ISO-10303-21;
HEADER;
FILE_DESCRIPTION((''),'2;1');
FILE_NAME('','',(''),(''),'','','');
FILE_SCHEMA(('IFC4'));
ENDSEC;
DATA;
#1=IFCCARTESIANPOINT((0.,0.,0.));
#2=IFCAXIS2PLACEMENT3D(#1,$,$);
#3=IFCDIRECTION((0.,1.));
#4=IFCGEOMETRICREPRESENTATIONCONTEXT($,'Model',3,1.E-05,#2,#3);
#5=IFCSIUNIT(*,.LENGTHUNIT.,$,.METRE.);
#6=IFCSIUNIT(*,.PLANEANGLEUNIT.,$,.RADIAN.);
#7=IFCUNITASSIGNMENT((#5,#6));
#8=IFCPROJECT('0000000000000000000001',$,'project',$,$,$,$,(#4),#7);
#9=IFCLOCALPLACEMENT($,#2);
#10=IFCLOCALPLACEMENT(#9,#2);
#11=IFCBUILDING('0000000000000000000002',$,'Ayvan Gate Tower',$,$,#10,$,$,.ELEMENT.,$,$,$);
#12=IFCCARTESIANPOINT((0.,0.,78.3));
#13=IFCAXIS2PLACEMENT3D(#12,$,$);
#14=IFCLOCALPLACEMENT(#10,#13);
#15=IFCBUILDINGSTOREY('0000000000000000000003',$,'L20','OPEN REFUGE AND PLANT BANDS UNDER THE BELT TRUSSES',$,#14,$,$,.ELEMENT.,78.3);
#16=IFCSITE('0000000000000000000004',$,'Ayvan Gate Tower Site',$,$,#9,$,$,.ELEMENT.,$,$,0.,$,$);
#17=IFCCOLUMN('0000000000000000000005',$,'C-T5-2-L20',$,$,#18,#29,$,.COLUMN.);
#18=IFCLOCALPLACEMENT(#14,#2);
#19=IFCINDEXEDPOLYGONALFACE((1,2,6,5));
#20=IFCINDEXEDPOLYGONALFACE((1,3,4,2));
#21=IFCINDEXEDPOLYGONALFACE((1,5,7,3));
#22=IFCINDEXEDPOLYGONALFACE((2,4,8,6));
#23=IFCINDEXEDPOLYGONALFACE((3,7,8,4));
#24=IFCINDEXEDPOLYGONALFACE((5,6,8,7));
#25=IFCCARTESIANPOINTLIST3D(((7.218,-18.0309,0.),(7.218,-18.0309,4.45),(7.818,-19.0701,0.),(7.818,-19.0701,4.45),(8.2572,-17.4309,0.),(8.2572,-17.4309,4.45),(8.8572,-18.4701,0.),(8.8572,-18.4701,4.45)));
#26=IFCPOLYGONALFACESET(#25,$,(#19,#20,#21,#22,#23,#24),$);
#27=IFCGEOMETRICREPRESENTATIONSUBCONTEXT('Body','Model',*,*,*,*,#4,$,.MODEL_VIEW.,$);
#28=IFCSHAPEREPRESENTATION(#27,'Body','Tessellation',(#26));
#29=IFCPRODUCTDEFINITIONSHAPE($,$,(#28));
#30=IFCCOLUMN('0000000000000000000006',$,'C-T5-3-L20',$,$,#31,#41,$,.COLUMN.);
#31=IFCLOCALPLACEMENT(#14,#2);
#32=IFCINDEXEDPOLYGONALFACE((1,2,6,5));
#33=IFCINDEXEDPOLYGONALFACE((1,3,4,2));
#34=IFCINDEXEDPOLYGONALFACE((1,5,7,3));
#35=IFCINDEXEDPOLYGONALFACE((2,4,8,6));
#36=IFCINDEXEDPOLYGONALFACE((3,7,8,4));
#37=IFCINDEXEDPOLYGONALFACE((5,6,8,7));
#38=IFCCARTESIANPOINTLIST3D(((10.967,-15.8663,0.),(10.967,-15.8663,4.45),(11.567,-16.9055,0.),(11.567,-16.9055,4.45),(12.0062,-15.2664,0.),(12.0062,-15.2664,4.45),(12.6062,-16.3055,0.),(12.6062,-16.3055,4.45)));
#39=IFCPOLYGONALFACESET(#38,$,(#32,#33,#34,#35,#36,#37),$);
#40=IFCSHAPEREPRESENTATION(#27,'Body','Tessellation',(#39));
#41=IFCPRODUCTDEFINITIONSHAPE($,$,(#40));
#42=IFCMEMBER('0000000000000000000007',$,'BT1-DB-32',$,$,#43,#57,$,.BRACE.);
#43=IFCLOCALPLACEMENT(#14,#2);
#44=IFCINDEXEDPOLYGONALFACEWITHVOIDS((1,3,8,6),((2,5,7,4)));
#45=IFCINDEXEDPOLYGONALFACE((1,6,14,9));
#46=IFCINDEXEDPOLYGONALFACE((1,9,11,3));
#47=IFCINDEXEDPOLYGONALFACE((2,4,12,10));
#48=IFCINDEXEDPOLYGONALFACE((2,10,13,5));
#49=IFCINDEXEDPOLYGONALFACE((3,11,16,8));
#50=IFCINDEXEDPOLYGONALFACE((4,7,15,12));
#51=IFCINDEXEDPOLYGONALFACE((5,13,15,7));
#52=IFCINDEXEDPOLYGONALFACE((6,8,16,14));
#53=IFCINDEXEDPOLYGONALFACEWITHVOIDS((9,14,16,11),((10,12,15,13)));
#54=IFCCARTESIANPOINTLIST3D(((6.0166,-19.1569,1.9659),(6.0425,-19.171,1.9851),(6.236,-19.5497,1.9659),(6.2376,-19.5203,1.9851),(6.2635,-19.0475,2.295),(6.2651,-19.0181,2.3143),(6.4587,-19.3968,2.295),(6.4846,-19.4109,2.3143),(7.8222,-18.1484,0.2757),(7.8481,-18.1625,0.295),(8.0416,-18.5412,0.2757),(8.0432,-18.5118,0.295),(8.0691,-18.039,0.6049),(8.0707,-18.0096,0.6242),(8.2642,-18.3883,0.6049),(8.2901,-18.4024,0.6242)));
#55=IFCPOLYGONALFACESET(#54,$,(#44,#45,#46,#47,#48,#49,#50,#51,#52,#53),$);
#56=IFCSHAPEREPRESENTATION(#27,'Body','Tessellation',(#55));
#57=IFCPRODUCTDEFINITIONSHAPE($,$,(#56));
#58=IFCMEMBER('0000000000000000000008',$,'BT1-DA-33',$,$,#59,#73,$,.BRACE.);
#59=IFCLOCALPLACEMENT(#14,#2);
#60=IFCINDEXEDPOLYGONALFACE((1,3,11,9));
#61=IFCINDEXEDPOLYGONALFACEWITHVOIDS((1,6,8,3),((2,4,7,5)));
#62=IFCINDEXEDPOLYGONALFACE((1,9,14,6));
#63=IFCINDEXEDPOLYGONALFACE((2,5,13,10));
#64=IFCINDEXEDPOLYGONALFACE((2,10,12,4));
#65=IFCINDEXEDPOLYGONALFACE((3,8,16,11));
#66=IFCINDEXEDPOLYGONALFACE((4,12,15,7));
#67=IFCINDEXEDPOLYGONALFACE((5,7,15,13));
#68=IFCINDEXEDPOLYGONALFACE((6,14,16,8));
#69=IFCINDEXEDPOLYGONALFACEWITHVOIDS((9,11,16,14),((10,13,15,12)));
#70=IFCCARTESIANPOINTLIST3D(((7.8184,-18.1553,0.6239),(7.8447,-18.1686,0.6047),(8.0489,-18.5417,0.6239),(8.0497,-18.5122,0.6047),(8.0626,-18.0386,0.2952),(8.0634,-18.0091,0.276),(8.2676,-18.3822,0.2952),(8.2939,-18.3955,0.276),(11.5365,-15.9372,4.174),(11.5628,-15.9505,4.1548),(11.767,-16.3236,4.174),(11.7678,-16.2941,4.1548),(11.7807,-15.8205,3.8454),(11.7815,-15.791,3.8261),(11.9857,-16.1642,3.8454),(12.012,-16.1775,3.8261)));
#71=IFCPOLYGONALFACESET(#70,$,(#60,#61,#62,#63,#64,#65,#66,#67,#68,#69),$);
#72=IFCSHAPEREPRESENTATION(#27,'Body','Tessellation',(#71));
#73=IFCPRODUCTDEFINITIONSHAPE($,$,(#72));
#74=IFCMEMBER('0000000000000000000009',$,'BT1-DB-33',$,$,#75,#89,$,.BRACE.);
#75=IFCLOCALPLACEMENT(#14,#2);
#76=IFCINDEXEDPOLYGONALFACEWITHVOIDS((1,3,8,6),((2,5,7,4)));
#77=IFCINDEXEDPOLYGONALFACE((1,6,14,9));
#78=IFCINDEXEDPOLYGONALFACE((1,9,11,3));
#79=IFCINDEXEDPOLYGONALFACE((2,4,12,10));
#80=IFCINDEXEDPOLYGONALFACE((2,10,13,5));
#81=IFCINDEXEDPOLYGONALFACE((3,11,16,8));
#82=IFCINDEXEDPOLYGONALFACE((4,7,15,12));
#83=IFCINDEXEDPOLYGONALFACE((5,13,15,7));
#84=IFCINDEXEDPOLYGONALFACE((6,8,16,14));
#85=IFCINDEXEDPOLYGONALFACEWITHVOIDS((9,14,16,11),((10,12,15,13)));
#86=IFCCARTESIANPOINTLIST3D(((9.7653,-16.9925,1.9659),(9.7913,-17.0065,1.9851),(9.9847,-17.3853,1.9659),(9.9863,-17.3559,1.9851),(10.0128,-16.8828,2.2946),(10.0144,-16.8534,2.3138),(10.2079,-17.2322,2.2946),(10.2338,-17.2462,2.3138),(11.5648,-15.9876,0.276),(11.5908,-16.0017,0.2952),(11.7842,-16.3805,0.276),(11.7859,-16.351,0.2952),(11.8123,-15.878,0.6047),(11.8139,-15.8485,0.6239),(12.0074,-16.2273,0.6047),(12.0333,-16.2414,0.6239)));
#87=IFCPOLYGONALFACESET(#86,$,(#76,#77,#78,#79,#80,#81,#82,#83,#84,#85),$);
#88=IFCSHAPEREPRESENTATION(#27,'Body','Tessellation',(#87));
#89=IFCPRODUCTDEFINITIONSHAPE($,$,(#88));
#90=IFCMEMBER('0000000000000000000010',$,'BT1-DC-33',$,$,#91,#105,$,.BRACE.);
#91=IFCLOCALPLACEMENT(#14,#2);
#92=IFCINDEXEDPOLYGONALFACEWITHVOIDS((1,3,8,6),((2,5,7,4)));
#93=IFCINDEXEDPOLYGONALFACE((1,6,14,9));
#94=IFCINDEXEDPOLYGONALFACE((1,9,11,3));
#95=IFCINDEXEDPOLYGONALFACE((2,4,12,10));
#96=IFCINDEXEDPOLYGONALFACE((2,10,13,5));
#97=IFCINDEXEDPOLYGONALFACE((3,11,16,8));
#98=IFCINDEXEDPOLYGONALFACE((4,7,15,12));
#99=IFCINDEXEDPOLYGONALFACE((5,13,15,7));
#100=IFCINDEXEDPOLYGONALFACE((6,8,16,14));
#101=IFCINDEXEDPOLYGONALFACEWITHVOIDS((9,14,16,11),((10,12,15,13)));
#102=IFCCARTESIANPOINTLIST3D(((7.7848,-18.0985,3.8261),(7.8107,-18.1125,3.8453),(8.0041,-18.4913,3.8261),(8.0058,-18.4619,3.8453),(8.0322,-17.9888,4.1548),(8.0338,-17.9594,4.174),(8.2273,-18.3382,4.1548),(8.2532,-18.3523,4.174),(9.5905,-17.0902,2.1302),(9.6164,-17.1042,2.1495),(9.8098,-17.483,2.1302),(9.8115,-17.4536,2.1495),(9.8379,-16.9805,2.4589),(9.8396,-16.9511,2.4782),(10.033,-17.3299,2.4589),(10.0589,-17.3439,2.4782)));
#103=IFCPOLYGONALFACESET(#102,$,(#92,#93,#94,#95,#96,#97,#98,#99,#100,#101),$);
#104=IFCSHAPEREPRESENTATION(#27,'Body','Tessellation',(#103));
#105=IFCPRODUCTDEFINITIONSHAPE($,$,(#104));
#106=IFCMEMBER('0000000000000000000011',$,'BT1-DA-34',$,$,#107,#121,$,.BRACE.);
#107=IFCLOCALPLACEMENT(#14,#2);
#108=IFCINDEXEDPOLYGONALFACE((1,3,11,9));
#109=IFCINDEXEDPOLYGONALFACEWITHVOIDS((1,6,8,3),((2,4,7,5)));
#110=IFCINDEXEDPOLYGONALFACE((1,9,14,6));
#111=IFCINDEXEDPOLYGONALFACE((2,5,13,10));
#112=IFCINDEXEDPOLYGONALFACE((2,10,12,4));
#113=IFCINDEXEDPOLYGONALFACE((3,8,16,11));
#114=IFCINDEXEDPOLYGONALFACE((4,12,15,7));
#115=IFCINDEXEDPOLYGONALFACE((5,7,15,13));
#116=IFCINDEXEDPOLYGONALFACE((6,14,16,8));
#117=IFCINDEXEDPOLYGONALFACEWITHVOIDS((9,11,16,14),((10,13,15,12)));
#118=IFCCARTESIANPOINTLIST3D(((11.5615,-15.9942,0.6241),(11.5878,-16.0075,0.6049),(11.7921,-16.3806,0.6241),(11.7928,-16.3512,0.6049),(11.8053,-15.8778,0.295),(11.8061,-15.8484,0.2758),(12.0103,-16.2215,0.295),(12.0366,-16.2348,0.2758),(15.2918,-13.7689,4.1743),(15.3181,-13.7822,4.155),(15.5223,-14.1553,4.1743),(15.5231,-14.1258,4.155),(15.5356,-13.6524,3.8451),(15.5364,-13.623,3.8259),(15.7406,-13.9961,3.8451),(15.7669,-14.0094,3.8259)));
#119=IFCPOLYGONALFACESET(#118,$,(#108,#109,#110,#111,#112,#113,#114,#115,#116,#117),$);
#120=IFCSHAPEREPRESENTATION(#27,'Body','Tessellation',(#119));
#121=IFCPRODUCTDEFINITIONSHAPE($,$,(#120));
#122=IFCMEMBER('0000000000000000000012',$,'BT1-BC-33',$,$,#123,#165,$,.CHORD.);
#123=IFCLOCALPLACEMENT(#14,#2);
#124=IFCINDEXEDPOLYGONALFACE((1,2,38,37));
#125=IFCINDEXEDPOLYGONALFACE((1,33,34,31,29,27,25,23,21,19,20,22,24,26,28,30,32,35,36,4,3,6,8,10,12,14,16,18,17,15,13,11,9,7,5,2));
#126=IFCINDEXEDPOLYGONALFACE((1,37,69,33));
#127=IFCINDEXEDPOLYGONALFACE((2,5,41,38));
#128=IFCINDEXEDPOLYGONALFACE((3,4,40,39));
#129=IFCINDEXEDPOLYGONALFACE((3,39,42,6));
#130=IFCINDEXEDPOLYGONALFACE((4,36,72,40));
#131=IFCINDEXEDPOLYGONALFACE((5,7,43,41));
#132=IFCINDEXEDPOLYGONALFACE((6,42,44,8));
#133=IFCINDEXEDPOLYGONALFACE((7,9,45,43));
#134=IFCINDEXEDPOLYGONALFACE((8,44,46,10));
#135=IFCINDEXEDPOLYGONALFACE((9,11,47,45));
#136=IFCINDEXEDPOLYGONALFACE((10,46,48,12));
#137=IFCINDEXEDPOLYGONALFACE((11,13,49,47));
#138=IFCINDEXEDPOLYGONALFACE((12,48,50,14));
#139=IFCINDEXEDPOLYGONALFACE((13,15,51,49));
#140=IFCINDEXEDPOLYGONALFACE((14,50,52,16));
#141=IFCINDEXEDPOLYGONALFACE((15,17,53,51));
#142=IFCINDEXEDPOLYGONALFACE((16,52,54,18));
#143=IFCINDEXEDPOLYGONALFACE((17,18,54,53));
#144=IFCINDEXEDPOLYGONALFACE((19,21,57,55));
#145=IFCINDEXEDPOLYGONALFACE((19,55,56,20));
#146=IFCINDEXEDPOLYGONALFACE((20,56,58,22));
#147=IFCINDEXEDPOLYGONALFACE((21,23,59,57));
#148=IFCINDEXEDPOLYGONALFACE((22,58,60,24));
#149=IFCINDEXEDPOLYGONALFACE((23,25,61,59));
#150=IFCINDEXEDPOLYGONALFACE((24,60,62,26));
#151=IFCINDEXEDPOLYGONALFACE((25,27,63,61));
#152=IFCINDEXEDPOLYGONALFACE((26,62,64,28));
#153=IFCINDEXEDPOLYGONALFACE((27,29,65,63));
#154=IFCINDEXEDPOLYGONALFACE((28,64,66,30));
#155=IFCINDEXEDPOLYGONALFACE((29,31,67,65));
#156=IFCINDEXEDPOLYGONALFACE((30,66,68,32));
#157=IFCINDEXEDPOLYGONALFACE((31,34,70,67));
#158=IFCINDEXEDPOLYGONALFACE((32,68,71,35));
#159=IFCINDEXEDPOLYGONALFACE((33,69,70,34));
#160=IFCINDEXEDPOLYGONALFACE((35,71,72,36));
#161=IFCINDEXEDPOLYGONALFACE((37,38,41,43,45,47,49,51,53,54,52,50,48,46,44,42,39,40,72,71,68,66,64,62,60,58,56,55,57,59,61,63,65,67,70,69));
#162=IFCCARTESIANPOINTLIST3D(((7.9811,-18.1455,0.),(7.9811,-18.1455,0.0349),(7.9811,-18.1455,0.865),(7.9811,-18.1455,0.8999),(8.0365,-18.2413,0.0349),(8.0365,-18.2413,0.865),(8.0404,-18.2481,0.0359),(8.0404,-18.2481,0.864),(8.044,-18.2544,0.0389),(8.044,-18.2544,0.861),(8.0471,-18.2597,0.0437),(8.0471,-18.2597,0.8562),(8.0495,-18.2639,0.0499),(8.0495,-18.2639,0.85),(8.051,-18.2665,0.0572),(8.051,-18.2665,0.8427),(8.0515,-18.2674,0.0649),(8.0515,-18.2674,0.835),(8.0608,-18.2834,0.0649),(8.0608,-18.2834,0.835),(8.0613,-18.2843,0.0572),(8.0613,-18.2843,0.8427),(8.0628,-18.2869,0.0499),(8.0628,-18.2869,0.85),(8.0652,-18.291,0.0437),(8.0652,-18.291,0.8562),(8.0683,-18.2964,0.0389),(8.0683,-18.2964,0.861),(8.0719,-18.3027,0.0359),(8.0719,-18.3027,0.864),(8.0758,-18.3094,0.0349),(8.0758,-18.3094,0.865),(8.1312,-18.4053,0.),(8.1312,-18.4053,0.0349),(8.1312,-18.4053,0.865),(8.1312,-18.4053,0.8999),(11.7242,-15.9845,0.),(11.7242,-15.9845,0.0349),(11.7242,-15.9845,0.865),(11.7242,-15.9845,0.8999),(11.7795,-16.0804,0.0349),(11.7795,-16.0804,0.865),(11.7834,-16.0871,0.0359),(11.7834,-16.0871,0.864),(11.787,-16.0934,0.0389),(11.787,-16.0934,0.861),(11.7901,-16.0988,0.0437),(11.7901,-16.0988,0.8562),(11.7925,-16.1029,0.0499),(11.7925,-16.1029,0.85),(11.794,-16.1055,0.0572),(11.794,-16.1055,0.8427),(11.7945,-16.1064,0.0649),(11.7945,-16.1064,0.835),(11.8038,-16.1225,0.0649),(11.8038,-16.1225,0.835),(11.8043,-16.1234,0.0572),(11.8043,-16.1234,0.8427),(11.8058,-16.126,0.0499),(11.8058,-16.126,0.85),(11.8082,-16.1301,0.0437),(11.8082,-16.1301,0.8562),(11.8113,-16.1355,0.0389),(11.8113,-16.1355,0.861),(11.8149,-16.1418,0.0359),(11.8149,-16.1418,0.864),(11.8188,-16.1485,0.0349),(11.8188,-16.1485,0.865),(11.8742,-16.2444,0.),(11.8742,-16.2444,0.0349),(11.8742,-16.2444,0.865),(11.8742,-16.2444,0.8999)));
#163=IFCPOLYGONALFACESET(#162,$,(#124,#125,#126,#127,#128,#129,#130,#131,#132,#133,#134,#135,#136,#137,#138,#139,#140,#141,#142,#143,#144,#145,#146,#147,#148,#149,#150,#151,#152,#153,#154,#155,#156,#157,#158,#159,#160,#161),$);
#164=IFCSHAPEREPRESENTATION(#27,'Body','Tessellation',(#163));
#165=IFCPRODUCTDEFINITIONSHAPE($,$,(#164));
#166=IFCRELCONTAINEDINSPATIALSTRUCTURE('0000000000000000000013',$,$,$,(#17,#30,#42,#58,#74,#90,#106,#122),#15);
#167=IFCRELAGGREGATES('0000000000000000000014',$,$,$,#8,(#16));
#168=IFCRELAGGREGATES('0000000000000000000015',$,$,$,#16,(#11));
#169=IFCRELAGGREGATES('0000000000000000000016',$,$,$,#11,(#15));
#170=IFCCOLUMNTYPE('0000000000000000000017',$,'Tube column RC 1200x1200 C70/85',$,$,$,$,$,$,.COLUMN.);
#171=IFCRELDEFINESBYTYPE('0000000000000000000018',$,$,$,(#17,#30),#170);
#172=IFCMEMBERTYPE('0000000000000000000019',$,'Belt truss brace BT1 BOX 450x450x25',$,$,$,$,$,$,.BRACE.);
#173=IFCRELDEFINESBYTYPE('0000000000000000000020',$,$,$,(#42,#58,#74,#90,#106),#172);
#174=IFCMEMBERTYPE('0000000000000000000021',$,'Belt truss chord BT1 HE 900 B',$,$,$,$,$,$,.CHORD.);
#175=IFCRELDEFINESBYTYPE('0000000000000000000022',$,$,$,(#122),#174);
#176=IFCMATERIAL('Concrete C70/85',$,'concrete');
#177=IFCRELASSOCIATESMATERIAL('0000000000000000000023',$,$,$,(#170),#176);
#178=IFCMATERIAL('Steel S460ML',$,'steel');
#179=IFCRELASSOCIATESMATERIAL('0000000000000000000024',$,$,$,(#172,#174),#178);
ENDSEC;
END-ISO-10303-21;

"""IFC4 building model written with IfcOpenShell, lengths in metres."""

from ifc_helpers import new_model, si_unit, direction, frame, origin, origin_2d, place, context, subcontext, project, spatial, rectangle, hollow_rectangle, i_section, extrude, material, material_profile, profile_set, type_object, element, save


model = new_model("IFC4")

# Units and contexts
model_context = context("Model", 3, precision=1e-05, world=origin(), true_north=direction((0.0, 1.0)))
body_context = subcontext(model_context, "Body", "Model", "MODEL_VIEW")
ifc_project = project(units=[si_unit("LENGTHUNIT", "METRE"), si_unit("PLANEANGLEUNIT", "RADIAN")], contexts=[model_context])

# Site, building, storey
site_placement = place(None, origin())
site = spatial("IfcSite", under=ifc_project, at=site_placement, Name="Ayvan Gate Tower Site", CompositionType="ELEMENT", RefElevation=0.0)
building_placement = place(site_placement, origin())
building = spatial("IfcBuilding", under=site, at=building_placement, Name="Ayvan Gate Tower", CompositionType="ELEMENT")
storey_placement = place(building_placement, frame((0.0, 0.0, 78.3)))
storey = spatial("IfcBuildingStorey", under=building, at=storey_placement, Name="L20", Description="OPEN REFUGE AND PLANT BANDS UNDER THE BELT TRUSSES", CompositionType="ELEMENT", Elevation=78.3)

# Columns
ifc_material_1 = material(Name="Concrete C70/85", Category="concrete")
ifc_material_profile_1 = material_profile(ifc_material_1, rectangle(XDim=1.2, YDim=1.2, at=origin_2d()), Name="RC 1200x1200")
ifc_profile_set_1 = profile_set([ifc_material_profile_1], Name="Concrete C70/85")
column_type = type_object("IfcColumnType", Name="Tube column RC 1200x1200 C70/85", PredefinedType="COLUMN", material=ifc_profile_set_1)
for number, where, z_axis, x_axis, name in (
    (1, (8.0376, -18.2505, 0.0), (0.0, 0.0, 1.0), (0.5, -0.866025, 0.0), "C-T5-2-L20"),
    (2, (11.7866, -16.0859, 0.0), (0.0, 0.0, 1.0), (0.5, -0.866025, 0.0), "C-T5-3-L20"),
):
    element("IfcColumn", number, at=place(storey_placement, frame(where, z_axis=z_axis, x_axis=x_axis)), inside=storey, type_object=column_type, Name=name, PredefinedType="COLUMN", context=body_context, shape_type="SweptSolid", body=[
        extrude(rectangle(XDim=1.2, YDim=1.2, at=origin_2d()), origin(), (0.0, 0.0, 1.0), 4.45),
    ])

# Members
ifc_material_2 = material(Name="Steel S460ML", Category="steel")
ifc_material_profile_2 = material_profile(ifc_material_2, hollow_rectangle(XDim=0.45, YDim=0.45, WallThickness=0.0249, at=origin_2d()), Name="BOX 450x450x25")
ifc_profile_set_2 = profile_set([ifc_material_profile_2], Name="Steel S460ML")
member_type_1 = type_object("IfcMemberType", Name="Belt truss brace BT1 BOX 450x450x25", PredefinedType="BRACE", material=ifc_profile_set_2)
member_1_placement = place(storey_placement, frame((8.0562, -18.2754, 0.45), z_axis=(-0.676022, -0.377589, 0.632788), x_axis=(0.487636, -0.873047, 0.0)))
element("IfcMember", 3, at=member_1_placement, inside=storey, type_object=member_type_1, Name="BT1-DB-32", PredefinedType="BRACE", context=body_context, shape_type="SweptSolid", body=[
    extrude(hollow_rectangle(XDim=0.45, YDim=0.45, WallThickness=0.0249, at=origin_2d()), origin(), (0.0, 0.0, 1.0), 2.6709),
])
member_2_placement = place(storey_placement, frame((8.0562, -18.2754, 0.45), z_axis=(0.664079, 0.396162, 0.634078), x_axis=(-0.512321, 0.858794, 0.0)))
element("IfcMember", 4, at=member_2_placement, inside=storey, type_object=member_type_1, Name="BT1-DA-33", PredefinedType="BRACE", context=body_context, shape_type="SweptSolid", body=[
    extrude(hollow_rectangle(XDim=0.45, YDim=0.45, WallThickness=0.0249, at=origin_2d()), origin(), (0.0, 0.0, 1.0), 5.5989),
])
member_3_placement = place(storey_placement, frame((11.7991, -16.1145, 0.45), z_axis=(-0.675168, -0.377017, 0.63404), x_axis=(0.487543, -0.873099, 0.0)))
element("IfcMember", 5, at=member_3_placement, inside=storey, type_object=member_type_1, Name="BT1-DB-33", PredefinedType="BRACE", context=body_context, shape_type="SweptSolid", body=[
    extrude(hollow_rectangle(XDim=0.45, YDim=0.45, WallThickness=0.0249, at=origin_2d()), origin(), (0.0, 0.0, 1.0), 2.6653),
])
member_4_placement = place(storey_placement, frame((9.8247, -17.217, 2.3042), z_axis=(-0.675146, -0.377008, 0.634068), x_axis=(0.487546, -0.873097, 0.0)))
element("IfcMember", 6, at=member_4_placement, inside=storey, type_object=member_type_1, Name="BT1-DC-33", PredefinedType="BRACE", context=body_context, shape_type="SweptSolid", body=[
    extrude(hollow_rectangle(XDim=0.45, YDim=0.45, WallThickness=0.0249, at=origin_2d()), origin(), (0.0, 0.0, 1.0), 2.6746),
])
member_5_placement = place(storey_placement, frame((11.7991, -16.1145, 0.45), z_axis=(0.664951, 0.39669, 0.632833), x_axis=(-0.512328, 0.85879, 0.0)))
element("IfcMember", 7, at=member_5_placement, inside=storey, type_object=member_type_1, Name="BT1-DA-34", PredefinedType="BRACE", context=body_context, shape_type="SweptSolid", body=[
    extrude(hollow_rectangle(XDim=0.45, YDim=0.45, WallThickness=0.0249, at=origin_2d()), origin(), (0.0, 0.0, 1.0), 5.6099),
])
ifc_material_profile_3 = material_profile(ifc_material_2, i_section(OverallWidth=0.3, OverallDepth=0.8999, WebThickness=0.0186, FlangeThickness=0.0349, FilletRadius=0.03, at=origin_2d()), Name="HE 900 B")
ifc_profile_set_3 = profile_set([ifc_material_profile_3], Name="Steel S460ML")
member_type_2 = type_object("IfcMemberType", Name="Belt truss chord BT1 HE 900 B", PredefinedType="CHORD", material=ifc_profile_set_3)
member_6_placement = place(storey_placement, frame((8.0562, -18.2754, 0.45), z_axis=(0.866034, 0.499985, 0.0), x_axis=(-0.499985, 0.866034, 0.0)))
element("IfcMember", 8, at=member_6_placement, inside=storey, type_object=member_type_2, Name="BT1-BC-33", PredefinedType="CHORD", context=body_context, shape_type="SweptSolid", body=[
    extrude(i_section(OverallWidth=0.3, OverallDepth=0.8999, WebThickness=0.0186, FlangeThickness=0.0349, FilletRadius=0.03, at=origin_2d()), origin(), (0.0, 0.0, 1.0), 4.322),
])

save(model, "model.ifc")
